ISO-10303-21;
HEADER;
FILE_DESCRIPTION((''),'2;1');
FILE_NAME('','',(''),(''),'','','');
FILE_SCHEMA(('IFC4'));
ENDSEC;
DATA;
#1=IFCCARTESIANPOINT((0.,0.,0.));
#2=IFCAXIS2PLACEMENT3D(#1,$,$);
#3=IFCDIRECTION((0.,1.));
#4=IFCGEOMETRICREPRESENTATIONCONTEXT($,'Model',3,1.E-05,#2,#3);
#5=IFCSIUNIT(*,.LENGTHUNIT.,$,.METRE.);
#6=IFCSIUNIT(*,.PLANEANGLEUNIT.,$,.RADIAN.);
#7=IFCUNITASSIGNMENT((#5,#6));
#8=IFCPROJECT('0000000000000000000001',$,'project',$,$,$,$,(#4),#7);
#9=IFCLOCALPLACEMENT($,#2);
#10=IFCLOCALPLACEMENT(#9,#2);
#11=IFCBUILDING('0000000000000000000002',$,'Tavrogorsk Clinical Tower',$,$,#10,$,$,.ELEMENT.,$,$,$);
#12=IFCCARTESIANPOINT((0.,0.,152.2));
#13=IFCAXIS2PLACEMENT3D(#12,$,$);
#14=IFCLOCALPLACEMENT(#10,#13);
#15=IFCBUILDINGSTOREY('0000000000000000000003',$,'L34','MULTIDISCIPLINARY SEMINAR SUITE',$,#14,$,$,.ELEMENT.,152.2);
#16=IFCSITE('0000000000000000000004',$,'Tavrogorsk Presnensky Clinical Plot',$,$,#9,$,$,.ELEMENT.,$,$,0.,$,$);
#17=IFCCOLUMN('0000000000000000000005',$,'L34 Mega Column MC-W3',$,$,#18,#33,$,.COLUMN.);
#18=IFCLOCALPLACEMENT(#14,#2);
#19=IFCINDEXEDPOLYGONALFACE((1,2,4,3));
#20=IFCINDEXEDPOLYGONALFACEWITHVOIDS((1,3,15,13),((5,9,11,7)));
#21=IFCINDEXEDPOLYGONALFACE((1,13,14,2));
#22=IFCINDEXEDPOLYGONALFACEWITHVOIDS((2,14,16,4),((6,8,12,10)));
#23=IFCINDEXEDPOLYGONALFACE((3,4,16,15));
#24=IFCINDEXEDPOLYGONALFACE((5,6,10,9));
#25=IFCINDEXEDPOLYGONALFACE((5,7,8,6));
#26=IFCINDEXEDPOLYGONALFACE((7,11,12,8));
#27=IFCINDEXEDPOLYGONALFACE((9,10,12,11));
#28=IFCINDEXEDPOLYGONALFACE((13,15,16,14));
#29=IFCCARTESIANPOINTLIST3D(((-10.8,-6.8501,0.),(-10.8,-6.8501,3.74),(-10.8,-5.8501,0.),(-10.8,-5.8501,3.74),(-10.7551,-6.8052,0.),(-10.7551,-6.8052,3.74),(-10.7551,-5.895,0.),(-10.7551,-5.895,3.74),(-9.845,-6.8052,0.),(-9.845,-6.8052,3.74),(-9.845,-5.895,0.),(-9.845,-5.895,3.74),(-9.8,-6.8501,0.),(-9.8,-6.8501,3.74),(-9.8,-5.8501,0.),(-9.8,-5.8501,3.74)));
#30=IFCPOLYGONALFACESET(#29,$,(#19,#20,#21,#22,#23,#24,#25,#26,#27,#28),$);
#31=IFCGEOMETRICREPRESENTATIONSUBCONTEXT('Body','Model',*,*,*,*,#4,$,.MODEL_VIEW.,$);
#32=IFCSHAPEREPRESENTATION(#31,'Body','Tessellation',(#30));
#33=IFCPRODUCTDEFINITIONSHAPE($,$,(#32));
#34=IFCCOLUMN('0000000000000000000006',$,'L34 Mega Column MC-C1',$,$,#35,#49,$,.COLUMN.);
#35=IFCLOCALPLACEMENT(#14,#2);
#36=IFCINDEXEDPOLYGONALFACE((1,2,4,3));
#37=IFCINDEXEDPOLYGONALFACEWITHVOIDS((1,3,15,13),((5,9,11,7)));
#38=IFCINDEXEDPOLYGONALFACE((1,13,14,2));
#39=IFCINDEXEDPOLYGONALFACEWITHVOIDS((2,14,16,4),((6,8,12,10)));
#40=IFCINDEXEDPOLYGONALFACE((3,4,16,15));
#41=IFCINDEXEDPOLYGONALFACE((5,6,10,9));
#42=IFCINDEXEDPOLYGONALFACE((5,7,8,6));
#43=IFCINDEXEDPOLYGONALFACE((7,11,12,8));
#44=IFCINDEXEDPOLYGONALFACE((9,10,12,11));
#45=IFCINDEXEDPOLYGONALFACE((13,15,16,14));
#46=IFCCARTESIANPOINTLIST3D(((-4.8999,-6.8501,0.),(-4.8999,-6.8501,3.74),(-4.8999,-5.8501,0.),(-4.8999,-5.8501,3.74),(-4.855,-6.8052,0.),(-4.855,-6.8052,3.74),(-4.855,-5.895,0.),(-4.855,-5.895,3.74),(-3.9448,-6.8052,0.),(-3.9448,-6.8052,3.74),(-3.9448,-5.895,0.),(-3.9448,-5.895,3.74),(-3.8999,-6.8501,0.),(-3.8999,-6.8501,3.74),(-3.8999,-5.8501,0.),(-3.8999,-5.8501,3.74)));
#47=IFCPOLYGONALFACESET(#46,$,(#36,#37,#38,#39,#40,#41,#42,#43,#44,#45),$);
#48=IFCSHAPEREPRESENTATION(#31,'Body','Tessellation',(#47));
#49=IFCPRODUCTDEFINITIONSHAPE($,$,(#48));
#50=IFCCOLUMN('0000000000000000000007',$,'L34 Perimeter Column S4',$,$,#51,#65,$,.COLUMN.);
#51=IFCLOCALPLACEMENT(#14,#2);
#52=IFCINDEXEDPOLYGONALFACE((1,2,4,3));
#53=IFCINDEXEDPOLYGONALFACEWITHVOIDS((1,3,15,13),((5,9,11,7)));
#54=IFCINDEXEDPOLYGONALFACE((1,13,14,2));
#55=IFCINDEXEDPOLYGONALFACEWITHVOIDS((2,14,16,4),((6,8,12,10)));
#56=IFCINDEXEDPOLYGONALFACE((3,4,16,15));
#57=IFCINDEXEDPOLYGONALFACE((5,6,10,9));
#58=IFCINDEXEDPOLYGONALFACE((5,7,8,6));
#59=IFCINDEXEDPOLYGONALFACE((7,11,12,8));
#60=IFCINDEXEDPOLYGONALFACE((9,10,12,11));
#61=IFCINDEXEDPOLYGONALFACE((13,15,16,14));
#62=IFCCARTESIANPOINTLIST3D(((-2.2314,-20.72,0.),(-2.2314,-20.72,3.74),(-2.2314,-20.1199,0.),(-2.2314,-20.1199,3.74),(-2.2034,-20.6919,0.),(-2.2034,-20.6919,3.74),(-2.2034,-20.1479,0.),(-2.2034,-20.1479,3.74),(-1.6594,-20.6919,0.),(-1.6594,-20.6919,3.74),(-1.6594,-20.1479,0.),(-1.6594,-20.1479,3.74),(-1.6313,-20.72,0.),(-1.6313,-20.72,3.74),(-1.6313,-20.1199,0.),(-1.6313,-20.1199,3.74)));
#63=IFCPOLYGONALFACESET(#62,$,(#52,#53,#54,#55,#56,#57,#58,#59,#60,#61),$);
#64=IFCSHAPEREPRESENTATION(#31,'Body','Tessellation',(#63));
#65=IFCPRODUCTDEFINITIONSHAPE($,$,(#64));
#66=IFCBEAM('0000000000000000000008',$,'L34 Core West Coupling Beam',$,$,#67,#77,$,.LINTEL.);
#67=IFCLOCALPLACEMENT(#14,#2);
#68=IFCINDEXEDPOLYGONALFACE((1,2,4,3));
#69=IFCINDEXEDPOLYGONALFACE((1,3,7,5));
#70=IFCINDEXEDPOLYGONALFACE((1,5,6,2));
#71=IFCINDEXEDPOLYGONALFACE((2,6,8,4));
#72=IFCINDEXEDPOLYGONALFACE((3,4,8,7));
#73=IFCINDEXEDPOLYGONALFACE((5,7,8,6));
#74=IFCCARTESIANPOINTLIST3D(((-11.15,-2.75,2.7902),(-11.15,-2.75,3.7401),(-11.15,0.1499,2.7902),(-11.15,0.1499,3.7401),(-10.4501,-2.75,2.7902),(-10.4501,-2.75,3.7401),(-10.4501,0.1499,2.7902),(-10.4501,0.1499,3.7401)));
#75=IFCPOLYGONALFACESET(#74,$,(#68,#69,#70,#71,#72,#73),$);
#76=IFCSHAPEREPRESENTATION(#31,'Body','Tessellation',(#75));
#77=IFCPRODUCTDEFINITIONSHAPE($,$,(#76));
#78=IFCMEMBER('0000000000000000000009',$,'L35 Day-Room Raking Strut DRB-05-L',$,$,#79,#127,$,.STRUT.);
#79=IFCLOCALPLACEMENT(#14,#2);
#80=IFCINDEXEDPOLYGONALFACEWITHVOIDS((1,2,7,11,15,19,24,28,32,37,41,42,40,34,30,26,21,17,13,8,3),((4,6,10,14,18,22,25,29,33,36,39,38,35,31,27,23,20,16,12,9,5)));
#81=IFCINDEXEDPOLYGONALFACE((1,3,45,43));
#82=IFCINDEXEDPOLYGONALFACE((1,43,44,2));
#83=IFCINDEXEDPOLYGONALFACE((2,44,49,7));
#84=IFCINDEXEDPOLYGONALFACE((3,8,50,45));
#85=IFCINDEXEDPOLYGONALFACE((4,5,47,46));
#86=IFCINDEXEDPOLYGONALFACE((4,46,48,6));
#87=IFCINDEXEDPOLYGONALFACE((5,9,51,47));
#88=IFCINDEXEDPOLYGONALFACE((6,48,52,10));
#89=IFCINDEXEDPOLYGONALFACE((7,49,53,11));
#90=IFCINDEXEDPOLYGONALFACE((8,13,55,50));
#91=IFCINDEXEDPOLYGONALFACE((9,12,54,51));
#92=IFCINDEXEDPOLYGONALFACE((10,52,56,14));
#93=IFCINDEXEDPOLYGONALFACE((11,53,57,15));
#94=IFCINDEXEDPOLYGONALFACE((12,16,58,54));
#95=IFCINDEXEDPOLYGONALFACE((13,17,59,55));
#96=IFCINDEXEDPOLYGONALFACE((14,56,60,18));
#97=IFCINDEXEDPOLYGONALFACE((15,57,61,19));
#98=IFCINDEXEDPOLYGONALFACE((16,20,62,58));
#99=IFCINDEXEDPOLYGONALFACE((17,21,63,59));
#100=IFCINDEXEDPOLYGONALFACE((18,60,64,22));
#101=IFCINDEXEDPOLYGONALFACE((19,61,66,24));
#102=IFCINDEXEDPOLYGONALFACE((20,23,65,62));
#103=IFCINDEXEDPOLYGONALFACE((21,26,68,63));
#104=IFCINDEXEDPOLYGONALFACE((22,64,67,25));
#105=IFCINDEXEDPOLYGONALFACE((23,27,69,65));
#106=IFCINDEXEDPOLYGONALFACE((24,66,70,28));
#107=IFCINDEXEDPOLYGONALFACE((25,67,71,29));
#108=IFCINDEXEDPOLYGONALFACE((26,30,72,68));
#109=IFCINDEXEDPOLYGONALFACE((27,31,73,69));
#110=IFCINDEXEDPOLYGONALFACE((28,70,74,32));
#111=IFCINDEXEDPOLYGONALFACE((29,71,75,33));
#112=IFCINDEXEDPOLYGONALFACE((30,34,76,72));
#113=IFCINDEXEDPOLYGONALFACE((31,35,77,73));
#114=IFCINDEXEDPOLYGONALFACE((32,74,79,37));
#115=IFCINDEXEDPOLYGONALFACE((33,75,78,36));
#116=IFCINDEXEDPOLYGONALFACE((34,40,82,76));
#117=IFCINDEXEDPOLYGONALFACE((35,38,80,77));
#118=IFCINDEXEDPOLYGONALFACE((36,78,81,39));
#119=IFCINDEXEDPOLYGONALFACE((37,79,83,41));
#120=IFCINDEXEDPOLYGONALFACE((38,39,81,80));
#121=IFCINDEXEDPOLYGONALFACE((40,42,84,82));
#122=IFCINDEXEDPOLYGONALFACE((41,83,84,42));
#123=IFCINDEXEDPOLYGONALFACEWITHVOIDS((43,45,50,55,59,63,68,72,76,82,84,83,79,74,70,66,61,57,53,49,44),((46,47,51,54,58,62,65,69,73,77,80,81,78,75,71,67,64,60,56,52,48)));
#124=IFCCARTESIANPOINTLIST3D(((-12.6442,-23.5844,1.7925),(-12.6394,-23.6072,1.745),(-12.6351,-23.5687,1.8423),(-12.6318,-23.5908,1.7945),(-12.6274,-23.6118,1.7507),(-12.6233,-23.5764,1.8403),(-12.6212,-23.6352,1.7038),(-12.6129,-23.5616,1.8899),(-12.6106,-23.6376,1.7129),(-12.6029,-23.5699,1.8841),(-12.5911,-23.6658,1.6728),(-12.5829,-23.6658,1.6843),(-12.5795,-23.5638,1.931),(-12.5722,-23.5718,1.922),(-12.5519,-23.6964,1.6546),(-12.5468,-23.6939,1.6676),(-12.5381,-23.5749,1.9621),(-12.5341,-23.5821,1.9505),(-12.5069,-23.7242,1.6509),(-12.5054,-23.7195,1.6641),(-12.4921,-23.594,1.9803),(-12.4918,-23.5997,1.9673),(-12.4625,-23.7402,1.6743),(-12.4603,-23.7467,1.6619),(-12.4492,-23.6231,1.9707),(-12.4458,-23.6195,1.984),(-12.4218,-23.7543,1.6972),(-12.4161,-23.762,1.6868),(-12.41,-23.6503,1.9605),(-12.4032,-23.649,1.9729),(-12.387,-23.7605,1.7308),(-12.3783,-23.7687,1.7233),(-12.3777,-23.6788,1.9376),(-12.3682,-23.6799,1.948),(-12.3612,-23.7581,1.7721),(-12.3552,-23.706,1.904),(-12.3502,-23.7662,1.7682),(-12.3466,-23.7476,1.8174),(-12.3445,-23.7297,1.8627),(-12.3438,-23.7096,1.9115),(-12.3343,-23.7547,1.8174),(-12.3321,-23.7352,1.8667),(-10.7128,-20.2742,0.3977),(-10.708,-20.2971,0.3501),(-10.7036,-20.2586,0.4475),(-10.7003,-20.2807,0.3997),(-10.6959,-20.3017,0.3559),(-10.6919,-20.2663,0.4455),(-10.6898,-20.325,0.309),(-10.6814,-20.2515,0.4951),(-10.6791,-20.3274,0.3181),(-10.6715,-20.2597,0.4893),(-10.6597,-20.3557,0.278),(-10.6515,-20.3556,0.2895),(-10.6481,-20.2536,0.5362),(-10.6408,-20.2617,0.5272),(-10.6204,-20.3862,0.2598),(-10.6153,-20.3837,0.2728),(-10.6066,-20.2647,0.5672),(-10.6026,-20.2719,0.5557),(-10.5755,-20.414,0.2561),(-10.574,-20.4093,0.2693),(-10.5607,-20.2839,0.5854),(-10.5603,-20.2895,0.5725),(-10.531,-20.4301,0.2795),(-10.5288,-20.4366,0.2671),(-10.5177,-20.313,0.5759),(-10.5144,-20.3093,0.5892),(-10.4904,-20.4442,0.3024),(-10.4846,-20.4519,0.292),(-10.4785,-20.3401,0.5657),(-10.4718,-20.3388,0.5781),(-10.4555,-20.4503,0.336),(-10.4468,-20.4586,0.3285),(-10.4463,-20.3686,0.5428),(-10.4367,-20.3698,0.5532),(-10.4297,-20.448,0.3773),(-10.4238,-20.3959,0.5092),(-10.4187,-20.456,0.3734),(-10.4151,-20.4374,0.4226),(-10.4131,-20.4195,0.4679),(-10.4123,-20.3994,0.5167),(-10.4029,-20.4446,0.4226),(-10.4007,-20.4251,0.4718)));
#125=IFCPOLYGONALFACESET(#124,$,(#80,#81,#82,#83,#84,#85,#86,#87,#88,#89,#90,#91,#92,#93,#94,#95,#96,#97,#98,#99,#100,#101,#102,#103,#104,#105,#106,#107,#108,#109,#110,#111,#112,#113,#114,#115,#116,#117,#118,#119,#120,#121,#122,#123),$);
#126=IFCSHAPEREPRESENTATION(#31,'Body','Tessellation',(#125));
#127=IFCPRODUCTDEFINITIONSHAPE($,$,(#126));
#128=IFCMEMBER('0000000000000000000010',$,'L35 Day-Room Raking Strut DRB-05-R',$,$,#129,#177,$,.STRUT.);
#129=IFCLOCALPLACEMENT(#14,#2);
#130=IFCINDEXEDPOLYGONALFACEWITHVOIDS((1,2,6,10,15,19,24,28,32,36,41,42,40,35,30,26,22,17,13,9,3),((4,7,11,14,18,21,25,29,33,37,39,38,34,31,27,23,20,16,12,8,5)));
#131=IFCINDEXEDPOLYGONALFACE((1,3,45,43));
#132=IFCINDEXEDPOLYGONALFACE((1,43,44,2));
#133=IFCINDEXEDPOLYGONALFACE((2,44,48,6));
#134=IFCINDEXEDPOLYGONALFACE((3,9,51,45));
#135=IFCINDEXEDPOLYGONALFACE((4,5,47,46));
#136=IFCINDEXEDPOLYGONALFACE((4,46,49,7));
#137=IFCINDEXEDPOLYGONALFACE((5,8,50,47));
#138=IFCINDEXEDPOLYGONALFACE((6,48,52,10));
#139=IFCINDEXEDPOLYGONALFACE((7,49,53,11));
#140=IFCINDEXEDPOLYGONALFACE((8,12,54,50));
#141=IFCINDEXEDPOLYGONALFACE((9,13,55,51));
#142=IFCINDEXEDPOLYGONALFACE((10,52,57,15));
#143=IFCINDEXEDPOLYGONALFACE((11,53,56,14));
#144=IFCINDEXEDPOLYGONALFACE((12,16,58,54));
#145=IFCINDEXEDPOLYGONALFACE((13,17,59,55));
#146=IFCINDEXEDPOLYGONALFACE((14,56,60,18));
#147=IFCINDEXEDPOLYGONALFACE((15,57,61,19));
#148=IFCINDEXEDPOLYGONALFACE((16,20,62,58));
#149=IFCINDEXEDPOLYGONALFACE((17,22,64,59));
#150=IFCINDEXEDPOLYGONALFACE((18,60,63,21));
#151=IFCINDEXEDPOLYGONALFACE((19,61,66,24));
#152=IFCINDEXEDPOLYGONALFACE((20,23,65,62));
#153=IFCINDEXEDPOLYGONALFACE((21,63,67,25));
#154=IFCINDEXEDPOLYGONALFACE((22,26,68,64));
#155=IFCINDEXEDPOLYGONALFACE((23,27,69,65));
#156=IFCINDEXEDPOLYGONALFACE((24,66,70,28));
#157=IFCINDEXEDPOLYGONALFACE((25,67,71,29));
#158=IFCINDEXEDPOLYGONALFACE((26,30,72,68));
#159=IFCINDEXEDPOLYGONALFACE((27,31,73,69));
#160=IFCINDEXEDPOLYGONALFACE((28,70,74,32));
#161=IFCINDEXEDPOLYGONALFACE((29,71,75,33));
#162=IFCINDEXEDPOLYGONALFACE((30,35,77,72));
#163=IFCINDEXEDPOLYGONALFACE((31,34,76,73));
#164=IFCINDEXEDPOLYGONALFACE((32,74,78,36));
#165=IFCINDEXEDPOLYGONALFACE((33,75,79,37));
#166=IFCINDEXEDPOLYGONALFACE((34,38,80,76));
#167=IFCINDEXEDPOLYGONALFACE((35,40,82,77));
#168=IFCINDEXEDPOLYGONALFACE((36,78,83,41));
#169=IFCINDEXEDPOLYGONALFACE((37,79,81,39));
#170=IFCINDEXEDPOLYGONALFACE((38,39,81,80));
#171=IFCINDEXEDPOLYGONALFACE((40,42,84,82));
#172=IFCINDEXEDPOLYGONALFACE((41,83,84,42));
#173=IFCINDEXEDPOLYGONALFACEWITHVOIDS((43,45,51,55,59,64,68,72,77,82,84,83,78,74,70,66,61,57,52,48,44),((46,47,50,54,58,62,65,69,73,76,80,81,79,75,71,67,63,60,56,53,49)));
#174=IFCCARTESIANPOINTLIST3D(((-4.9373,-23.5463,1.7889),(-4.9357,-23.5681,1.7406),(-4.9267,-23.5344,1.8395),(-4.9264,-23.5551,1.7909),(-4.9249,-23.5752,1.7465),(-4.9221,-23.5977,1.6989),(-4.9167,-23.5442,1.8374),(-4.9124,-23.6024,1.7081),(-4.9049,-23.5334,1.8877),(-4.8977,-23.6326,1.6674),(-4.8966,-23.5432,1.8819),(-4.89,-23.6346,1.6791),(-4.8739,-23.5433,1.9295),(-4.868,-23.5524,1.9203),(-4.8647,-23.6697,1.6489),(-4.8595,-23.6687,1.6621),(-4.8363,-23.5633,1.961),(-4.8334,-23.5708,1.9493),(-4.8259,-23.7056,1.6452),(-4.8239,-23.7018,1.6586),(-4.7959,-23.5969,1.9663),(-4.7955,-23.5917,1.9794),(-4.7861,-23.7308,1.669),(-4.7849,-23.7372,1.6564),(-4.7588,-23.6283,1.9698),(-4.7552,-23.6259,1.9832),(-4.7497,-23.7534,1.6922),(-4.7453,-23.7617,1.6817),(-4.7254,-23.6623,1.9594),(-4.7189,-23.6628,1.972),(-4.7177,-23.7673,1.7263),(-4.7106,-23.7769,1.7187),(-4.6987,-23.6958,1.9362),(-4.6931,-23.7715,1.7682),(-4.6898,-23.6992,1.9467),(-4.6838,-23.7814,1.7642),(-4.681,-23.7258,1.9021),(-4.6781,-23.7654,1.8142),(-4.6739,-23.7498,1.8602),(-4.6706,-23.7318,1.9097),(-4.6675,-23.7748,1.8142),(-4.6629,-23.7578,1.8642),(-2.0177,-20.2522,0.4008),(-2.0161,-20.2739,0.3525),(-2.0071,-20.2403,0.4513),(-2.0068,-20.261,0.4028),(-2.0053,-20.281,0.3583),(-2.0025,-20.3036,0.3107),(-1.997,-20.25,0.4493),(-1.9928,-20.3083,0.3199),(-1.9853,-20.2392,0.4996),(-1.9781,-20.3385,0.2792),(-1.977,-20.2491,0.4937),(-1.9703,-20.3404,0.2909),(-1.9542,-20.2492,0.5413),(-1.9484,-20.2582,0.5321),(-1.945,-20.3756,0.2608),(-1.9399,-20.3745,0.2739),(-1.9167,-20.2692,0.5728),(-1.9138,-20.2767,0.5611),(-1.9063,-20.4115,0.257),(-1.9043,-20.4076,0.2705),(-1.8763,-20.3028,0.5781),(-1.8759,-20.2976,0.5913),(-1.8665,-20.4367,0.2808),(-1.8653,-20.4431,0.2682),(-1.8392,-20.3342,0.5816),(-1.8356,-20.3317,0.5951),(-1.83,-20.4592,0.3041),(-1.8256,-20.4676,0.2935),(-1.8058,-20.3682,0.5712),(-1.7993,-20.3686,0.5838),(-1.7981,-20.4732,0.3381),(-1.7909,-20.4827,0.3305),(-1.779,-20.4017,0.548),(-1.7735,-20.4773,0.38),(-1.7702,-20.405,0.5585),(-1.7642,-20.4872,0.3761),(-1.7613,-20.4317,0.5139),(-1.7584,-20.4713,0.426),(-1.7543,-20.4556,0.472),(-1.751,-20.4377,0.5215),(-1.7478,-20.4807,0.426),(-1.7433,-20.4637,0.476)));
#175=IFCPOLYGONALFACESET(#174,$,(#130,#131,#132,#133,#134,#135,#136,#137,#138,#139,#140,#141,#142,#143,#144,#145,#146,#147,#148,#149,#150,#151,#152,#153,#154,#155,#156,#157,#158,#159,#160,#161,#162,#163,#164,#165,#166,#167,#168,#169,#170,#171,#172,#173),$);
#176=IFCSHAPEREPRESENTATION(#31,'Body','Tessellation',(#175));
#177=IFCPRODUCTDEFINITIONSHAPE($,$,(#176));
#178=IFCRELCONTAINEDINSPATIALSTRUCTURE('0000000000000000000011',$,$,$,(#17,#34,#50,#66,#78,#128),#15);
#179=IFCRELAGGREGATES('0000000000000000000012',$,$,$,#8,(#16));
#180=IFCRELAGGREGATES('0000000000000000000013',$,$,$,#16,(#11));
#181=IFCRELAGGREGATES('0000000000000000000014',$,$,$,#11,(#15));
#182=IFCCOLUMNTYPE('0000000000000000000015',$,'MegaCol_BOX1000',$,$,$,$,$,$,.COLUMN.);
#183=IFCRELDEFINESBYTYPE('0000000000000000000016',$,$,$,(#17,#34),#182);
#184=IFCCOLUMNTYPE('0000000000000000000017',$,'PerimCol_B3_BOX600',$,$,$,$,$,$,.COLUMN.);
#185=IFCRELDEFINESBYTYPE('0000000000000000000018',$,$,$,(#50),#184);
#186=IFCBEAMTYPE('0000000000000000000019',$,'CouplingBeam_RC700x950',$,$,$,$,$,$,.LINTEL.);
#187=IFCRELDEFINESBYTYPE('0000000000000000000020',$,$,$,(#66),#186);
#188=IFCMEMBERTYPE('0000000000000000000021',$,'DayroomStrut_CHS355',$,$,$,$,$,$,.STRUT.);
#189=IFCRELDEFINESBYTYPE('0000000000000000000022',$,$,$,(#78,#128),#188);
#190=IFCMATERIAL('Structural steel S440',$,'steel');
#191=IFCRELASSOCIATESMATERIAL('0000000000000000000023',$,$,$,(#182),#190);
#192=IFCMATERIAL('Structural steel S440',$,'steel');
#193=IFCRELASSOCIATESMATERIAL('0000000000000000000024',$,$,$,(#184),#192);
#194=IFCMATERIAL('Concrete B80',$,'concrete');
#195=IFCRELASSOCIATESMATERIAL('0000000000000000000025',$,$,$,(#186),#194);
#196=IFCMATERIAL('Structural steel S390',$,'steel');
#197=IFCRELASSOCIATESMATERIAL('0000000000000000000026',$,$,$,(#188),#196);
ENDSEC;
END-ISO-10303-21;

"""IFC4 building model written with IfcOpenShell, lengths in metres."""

from ifc_helpers import new_model, si_unit, direction, frame, origin, origin_2d, place, context, subcontext, project, spatial, rectangle, hollow_rectangle, hollow_circle, extrude, material, material_profile, profile_set, type_object, element, save


model = new_model("IFC4")

# Units and contexts
model_context = context("Model", 3, precision=1e-05, world=origin(), true_north=direction((0.0, 1.0)))
body_context = subcontext(model_context, "Body", "Model", "MODEL_VIEW")
ifc_project = project(units=[si_unit("LENGTHUNIT", "METRE"), si_unit("PLANEANGLEUNIT", "RADIAN")], contexts=[model_context])

# Site, building, storey
site_placement = place(None, origin())
site = spatial("IfcSite", under=ifc_project, at=site_placement, Name="Tavrogorsk Presnensky Clinical Plot", CompositionType="ELEMENT", RefElevation=0.0)
building_placement = place(site_placement, origin())
building = spatial("IfcBuilding", under=site, at=building_placement, Name="Tavrogorsk Clinical Tower", CompositionType="ELEMENT")
storey_placement = place(building_placement, frame((0.0, 0.0, 152.2)))
storey = spatial("IfcBuildingStorey", under=building, at=storey_placement, Name="L34", Description="MULTIDISCIPLINARY SEMINAR SUITE", CompositionType="ELEMENT", Elevation=152.2)

# Columns
ifc_material_1 = material(Name="Structural steel S440", Category="steel")
ifc_material_profile_1 = material_profile(ifc_material_1, hollow_rectangle(XDim=1.0, YDim=1.0, WallThickness=0.0449, at=origin_2d()), Name="BOX-1000x1000x45")
ifc_profile_set_1 = profile_set([ifc_material_profile_1], Name="Structural steel S440")
column_type_1 = type_object("IfcColumnType", Name="MegaCol_BOX1000", PredefinedType="COLUMN", material=ifc_profile_set_1)
for number, where, z_axis, x_axis, name in (
    (1, (-10.3, -6.3501, 0.0), (0.0, 0.0, 1.0), (1.0, 0.0, 0.0), "L34 Mega Column MC-W3"),
    (2, (-4.3999, -6.3501, 0.0), (0.0, 0.0, 1.0), (1.0, 0.0, 0.0), "L34 Mega Column MC-C1"),
):
    element("IfcColumn", number, at=place(storey_placement, frame(where, z_axis=z_axis, x_axis=x_axis)), inside=storey, type_object=column_type_1, Name=name, PredefinedType="COLUMN", context=body_context, shape_type="SweptSolid", body=[
        extrude(hollow_rectangle(XDim=1.0, YDim=1.0, WallThickness=0.0449, at=origin_2d()), origin(), (0.0, 0.0, 1.0), 3.74),
    ])
ifc_material_2 = material(Name="Structural steel S440", Category="steel")
ifc_material_profile_2 = material_profile(ifc_material_2, hollow_rectangle(XDim=0.6001, YDim=0.6001, WallThickness=0.0281, at=origin_2d()), Name="BOX-600x600x28")
ifc_profile_set_2 = profile_set([ifc_material_profile_2], Name="Structural steel S440")
column_type_2 = type_object("IfcColumnType", Name="PerimCol_B3_BOX600", PredefinedType="COLUMN", material=ifc_profile_set_2)
column_placement = place(storey_placement, frame((-1.9314, -20.4199, 0.0), z_axis=(0.0, 0.0, 1.0), x_axis=(1.0, 0.0, 0.0)))
element("IfcColumn", 3, at=column_placement, inside=storey, type_object=column_type_2, Name="L34 Perimeter Column S4", PredefinedType="COLUMN", context=body_context, shape_type="SweptSolid", body=[
    extrude(hollow_rectangle(XDim=0.6001, YDim=0.6001, WallThickness=0.0281, at=origin_2d()), origin(), (0.0, 0.0, 1.0), 3.74),
])

# Beam
ifc_material_3 = material(Name="Concrete B80", Category="concrete")
ifc_material_profile_3 = material_profile(ifc_material_3, rectangle(XDim=0.7, YDim=0.95, at=origin_2d()), Name="RC-CB-700x950")
ifc_profile_set_3 = profile_set([ifc_material_profile_3], Name="Concrete B80")
beam_type_1 = type_object("IfcBeamType", Name="CouplingBeam_RC700x950", PredefinedType="LINTEL", material=ifc_profile_set_3)
beam_1_placement = place(storey_placement, frame((-10.8, -2.75, 3.2651), z_axis=(0.0, 1.0, 0.0), x_axis=(-1.0, 0.0, 0.0)))
element("IfcBeam", 4, at=beam_1_placement, inside=storey, type_object=beam_type_1, Name="L34 Core West Coupling Beam", PredefinedType="LINTEL", context=body_context, shape_type="SweptSolid", body=[
    extrude(rectangle(XDim=0.7, YDim=0.95, at=origin_2d()), origin(), (0.0, 0.0, 1.0), 2.8999),
])

# Members
ifc_material_4 = material(Name="Structural steel S390", Category="steel")
ifc_material_profile_4 = material_profile(ifc_material_4, hollow_circle(Radius=0.1777, WallThickness=0.0142, at=origin_2d()), Name="CHS-355.6x14.2")
ifc_profile_set_4 = profile_set([ifc_material_profile_4], Name="Structural steel S390")
member_type = type_object("IfcMemberType", Name="DayroomStrut_CHS355", PredefinedType="STRUT", material=ifc_profile_set_4)
member_1_placement = place(storey_placement, frame((-10.5564, -20.355, 0.4226), z_axis=(-0.473584, -0.811636, 0.342003), x_axis=(0.863719, -0.503974, 0.0)))
element("IfcMember", 5, at=member_1_placement, inside=storey, type_object=member_type, Name="L35 Day-Room Raking Strut DRB-05-L", PredefinedType="STRUT", context=body_context, shape_type="SweptSolid", body=[
    extrude(hollow_circle(Radius=0.1777, WallThickness=0.0142, at=origin_2d()), origin(), (0.0, 0.0, 1.0), 4.0784),
])
member_2_placement = place(storey_placement, frame((-1.8809, -20.3628, 0.426), z_axis=(-0.632575, -0.713716, 0.300763), x_axis=(0.748366, -0.663286, 0.0)))
element("IfcMember", 6, at=member_2_placement, inside=storey, type_object=member_type, Name="L35 Day-Room Raking Strut DRB-05-R", PredefinedType="STRUT", context=body_context, shape_type="SweptSolid", body=[
    extrude(hollow_circle(Radius=0.1777, WallThickness=0.0142, at=origin_2d()), origin(), (0.0, 0.0, 1.0), 4.6155),
])

save(model, "model.ifc")
